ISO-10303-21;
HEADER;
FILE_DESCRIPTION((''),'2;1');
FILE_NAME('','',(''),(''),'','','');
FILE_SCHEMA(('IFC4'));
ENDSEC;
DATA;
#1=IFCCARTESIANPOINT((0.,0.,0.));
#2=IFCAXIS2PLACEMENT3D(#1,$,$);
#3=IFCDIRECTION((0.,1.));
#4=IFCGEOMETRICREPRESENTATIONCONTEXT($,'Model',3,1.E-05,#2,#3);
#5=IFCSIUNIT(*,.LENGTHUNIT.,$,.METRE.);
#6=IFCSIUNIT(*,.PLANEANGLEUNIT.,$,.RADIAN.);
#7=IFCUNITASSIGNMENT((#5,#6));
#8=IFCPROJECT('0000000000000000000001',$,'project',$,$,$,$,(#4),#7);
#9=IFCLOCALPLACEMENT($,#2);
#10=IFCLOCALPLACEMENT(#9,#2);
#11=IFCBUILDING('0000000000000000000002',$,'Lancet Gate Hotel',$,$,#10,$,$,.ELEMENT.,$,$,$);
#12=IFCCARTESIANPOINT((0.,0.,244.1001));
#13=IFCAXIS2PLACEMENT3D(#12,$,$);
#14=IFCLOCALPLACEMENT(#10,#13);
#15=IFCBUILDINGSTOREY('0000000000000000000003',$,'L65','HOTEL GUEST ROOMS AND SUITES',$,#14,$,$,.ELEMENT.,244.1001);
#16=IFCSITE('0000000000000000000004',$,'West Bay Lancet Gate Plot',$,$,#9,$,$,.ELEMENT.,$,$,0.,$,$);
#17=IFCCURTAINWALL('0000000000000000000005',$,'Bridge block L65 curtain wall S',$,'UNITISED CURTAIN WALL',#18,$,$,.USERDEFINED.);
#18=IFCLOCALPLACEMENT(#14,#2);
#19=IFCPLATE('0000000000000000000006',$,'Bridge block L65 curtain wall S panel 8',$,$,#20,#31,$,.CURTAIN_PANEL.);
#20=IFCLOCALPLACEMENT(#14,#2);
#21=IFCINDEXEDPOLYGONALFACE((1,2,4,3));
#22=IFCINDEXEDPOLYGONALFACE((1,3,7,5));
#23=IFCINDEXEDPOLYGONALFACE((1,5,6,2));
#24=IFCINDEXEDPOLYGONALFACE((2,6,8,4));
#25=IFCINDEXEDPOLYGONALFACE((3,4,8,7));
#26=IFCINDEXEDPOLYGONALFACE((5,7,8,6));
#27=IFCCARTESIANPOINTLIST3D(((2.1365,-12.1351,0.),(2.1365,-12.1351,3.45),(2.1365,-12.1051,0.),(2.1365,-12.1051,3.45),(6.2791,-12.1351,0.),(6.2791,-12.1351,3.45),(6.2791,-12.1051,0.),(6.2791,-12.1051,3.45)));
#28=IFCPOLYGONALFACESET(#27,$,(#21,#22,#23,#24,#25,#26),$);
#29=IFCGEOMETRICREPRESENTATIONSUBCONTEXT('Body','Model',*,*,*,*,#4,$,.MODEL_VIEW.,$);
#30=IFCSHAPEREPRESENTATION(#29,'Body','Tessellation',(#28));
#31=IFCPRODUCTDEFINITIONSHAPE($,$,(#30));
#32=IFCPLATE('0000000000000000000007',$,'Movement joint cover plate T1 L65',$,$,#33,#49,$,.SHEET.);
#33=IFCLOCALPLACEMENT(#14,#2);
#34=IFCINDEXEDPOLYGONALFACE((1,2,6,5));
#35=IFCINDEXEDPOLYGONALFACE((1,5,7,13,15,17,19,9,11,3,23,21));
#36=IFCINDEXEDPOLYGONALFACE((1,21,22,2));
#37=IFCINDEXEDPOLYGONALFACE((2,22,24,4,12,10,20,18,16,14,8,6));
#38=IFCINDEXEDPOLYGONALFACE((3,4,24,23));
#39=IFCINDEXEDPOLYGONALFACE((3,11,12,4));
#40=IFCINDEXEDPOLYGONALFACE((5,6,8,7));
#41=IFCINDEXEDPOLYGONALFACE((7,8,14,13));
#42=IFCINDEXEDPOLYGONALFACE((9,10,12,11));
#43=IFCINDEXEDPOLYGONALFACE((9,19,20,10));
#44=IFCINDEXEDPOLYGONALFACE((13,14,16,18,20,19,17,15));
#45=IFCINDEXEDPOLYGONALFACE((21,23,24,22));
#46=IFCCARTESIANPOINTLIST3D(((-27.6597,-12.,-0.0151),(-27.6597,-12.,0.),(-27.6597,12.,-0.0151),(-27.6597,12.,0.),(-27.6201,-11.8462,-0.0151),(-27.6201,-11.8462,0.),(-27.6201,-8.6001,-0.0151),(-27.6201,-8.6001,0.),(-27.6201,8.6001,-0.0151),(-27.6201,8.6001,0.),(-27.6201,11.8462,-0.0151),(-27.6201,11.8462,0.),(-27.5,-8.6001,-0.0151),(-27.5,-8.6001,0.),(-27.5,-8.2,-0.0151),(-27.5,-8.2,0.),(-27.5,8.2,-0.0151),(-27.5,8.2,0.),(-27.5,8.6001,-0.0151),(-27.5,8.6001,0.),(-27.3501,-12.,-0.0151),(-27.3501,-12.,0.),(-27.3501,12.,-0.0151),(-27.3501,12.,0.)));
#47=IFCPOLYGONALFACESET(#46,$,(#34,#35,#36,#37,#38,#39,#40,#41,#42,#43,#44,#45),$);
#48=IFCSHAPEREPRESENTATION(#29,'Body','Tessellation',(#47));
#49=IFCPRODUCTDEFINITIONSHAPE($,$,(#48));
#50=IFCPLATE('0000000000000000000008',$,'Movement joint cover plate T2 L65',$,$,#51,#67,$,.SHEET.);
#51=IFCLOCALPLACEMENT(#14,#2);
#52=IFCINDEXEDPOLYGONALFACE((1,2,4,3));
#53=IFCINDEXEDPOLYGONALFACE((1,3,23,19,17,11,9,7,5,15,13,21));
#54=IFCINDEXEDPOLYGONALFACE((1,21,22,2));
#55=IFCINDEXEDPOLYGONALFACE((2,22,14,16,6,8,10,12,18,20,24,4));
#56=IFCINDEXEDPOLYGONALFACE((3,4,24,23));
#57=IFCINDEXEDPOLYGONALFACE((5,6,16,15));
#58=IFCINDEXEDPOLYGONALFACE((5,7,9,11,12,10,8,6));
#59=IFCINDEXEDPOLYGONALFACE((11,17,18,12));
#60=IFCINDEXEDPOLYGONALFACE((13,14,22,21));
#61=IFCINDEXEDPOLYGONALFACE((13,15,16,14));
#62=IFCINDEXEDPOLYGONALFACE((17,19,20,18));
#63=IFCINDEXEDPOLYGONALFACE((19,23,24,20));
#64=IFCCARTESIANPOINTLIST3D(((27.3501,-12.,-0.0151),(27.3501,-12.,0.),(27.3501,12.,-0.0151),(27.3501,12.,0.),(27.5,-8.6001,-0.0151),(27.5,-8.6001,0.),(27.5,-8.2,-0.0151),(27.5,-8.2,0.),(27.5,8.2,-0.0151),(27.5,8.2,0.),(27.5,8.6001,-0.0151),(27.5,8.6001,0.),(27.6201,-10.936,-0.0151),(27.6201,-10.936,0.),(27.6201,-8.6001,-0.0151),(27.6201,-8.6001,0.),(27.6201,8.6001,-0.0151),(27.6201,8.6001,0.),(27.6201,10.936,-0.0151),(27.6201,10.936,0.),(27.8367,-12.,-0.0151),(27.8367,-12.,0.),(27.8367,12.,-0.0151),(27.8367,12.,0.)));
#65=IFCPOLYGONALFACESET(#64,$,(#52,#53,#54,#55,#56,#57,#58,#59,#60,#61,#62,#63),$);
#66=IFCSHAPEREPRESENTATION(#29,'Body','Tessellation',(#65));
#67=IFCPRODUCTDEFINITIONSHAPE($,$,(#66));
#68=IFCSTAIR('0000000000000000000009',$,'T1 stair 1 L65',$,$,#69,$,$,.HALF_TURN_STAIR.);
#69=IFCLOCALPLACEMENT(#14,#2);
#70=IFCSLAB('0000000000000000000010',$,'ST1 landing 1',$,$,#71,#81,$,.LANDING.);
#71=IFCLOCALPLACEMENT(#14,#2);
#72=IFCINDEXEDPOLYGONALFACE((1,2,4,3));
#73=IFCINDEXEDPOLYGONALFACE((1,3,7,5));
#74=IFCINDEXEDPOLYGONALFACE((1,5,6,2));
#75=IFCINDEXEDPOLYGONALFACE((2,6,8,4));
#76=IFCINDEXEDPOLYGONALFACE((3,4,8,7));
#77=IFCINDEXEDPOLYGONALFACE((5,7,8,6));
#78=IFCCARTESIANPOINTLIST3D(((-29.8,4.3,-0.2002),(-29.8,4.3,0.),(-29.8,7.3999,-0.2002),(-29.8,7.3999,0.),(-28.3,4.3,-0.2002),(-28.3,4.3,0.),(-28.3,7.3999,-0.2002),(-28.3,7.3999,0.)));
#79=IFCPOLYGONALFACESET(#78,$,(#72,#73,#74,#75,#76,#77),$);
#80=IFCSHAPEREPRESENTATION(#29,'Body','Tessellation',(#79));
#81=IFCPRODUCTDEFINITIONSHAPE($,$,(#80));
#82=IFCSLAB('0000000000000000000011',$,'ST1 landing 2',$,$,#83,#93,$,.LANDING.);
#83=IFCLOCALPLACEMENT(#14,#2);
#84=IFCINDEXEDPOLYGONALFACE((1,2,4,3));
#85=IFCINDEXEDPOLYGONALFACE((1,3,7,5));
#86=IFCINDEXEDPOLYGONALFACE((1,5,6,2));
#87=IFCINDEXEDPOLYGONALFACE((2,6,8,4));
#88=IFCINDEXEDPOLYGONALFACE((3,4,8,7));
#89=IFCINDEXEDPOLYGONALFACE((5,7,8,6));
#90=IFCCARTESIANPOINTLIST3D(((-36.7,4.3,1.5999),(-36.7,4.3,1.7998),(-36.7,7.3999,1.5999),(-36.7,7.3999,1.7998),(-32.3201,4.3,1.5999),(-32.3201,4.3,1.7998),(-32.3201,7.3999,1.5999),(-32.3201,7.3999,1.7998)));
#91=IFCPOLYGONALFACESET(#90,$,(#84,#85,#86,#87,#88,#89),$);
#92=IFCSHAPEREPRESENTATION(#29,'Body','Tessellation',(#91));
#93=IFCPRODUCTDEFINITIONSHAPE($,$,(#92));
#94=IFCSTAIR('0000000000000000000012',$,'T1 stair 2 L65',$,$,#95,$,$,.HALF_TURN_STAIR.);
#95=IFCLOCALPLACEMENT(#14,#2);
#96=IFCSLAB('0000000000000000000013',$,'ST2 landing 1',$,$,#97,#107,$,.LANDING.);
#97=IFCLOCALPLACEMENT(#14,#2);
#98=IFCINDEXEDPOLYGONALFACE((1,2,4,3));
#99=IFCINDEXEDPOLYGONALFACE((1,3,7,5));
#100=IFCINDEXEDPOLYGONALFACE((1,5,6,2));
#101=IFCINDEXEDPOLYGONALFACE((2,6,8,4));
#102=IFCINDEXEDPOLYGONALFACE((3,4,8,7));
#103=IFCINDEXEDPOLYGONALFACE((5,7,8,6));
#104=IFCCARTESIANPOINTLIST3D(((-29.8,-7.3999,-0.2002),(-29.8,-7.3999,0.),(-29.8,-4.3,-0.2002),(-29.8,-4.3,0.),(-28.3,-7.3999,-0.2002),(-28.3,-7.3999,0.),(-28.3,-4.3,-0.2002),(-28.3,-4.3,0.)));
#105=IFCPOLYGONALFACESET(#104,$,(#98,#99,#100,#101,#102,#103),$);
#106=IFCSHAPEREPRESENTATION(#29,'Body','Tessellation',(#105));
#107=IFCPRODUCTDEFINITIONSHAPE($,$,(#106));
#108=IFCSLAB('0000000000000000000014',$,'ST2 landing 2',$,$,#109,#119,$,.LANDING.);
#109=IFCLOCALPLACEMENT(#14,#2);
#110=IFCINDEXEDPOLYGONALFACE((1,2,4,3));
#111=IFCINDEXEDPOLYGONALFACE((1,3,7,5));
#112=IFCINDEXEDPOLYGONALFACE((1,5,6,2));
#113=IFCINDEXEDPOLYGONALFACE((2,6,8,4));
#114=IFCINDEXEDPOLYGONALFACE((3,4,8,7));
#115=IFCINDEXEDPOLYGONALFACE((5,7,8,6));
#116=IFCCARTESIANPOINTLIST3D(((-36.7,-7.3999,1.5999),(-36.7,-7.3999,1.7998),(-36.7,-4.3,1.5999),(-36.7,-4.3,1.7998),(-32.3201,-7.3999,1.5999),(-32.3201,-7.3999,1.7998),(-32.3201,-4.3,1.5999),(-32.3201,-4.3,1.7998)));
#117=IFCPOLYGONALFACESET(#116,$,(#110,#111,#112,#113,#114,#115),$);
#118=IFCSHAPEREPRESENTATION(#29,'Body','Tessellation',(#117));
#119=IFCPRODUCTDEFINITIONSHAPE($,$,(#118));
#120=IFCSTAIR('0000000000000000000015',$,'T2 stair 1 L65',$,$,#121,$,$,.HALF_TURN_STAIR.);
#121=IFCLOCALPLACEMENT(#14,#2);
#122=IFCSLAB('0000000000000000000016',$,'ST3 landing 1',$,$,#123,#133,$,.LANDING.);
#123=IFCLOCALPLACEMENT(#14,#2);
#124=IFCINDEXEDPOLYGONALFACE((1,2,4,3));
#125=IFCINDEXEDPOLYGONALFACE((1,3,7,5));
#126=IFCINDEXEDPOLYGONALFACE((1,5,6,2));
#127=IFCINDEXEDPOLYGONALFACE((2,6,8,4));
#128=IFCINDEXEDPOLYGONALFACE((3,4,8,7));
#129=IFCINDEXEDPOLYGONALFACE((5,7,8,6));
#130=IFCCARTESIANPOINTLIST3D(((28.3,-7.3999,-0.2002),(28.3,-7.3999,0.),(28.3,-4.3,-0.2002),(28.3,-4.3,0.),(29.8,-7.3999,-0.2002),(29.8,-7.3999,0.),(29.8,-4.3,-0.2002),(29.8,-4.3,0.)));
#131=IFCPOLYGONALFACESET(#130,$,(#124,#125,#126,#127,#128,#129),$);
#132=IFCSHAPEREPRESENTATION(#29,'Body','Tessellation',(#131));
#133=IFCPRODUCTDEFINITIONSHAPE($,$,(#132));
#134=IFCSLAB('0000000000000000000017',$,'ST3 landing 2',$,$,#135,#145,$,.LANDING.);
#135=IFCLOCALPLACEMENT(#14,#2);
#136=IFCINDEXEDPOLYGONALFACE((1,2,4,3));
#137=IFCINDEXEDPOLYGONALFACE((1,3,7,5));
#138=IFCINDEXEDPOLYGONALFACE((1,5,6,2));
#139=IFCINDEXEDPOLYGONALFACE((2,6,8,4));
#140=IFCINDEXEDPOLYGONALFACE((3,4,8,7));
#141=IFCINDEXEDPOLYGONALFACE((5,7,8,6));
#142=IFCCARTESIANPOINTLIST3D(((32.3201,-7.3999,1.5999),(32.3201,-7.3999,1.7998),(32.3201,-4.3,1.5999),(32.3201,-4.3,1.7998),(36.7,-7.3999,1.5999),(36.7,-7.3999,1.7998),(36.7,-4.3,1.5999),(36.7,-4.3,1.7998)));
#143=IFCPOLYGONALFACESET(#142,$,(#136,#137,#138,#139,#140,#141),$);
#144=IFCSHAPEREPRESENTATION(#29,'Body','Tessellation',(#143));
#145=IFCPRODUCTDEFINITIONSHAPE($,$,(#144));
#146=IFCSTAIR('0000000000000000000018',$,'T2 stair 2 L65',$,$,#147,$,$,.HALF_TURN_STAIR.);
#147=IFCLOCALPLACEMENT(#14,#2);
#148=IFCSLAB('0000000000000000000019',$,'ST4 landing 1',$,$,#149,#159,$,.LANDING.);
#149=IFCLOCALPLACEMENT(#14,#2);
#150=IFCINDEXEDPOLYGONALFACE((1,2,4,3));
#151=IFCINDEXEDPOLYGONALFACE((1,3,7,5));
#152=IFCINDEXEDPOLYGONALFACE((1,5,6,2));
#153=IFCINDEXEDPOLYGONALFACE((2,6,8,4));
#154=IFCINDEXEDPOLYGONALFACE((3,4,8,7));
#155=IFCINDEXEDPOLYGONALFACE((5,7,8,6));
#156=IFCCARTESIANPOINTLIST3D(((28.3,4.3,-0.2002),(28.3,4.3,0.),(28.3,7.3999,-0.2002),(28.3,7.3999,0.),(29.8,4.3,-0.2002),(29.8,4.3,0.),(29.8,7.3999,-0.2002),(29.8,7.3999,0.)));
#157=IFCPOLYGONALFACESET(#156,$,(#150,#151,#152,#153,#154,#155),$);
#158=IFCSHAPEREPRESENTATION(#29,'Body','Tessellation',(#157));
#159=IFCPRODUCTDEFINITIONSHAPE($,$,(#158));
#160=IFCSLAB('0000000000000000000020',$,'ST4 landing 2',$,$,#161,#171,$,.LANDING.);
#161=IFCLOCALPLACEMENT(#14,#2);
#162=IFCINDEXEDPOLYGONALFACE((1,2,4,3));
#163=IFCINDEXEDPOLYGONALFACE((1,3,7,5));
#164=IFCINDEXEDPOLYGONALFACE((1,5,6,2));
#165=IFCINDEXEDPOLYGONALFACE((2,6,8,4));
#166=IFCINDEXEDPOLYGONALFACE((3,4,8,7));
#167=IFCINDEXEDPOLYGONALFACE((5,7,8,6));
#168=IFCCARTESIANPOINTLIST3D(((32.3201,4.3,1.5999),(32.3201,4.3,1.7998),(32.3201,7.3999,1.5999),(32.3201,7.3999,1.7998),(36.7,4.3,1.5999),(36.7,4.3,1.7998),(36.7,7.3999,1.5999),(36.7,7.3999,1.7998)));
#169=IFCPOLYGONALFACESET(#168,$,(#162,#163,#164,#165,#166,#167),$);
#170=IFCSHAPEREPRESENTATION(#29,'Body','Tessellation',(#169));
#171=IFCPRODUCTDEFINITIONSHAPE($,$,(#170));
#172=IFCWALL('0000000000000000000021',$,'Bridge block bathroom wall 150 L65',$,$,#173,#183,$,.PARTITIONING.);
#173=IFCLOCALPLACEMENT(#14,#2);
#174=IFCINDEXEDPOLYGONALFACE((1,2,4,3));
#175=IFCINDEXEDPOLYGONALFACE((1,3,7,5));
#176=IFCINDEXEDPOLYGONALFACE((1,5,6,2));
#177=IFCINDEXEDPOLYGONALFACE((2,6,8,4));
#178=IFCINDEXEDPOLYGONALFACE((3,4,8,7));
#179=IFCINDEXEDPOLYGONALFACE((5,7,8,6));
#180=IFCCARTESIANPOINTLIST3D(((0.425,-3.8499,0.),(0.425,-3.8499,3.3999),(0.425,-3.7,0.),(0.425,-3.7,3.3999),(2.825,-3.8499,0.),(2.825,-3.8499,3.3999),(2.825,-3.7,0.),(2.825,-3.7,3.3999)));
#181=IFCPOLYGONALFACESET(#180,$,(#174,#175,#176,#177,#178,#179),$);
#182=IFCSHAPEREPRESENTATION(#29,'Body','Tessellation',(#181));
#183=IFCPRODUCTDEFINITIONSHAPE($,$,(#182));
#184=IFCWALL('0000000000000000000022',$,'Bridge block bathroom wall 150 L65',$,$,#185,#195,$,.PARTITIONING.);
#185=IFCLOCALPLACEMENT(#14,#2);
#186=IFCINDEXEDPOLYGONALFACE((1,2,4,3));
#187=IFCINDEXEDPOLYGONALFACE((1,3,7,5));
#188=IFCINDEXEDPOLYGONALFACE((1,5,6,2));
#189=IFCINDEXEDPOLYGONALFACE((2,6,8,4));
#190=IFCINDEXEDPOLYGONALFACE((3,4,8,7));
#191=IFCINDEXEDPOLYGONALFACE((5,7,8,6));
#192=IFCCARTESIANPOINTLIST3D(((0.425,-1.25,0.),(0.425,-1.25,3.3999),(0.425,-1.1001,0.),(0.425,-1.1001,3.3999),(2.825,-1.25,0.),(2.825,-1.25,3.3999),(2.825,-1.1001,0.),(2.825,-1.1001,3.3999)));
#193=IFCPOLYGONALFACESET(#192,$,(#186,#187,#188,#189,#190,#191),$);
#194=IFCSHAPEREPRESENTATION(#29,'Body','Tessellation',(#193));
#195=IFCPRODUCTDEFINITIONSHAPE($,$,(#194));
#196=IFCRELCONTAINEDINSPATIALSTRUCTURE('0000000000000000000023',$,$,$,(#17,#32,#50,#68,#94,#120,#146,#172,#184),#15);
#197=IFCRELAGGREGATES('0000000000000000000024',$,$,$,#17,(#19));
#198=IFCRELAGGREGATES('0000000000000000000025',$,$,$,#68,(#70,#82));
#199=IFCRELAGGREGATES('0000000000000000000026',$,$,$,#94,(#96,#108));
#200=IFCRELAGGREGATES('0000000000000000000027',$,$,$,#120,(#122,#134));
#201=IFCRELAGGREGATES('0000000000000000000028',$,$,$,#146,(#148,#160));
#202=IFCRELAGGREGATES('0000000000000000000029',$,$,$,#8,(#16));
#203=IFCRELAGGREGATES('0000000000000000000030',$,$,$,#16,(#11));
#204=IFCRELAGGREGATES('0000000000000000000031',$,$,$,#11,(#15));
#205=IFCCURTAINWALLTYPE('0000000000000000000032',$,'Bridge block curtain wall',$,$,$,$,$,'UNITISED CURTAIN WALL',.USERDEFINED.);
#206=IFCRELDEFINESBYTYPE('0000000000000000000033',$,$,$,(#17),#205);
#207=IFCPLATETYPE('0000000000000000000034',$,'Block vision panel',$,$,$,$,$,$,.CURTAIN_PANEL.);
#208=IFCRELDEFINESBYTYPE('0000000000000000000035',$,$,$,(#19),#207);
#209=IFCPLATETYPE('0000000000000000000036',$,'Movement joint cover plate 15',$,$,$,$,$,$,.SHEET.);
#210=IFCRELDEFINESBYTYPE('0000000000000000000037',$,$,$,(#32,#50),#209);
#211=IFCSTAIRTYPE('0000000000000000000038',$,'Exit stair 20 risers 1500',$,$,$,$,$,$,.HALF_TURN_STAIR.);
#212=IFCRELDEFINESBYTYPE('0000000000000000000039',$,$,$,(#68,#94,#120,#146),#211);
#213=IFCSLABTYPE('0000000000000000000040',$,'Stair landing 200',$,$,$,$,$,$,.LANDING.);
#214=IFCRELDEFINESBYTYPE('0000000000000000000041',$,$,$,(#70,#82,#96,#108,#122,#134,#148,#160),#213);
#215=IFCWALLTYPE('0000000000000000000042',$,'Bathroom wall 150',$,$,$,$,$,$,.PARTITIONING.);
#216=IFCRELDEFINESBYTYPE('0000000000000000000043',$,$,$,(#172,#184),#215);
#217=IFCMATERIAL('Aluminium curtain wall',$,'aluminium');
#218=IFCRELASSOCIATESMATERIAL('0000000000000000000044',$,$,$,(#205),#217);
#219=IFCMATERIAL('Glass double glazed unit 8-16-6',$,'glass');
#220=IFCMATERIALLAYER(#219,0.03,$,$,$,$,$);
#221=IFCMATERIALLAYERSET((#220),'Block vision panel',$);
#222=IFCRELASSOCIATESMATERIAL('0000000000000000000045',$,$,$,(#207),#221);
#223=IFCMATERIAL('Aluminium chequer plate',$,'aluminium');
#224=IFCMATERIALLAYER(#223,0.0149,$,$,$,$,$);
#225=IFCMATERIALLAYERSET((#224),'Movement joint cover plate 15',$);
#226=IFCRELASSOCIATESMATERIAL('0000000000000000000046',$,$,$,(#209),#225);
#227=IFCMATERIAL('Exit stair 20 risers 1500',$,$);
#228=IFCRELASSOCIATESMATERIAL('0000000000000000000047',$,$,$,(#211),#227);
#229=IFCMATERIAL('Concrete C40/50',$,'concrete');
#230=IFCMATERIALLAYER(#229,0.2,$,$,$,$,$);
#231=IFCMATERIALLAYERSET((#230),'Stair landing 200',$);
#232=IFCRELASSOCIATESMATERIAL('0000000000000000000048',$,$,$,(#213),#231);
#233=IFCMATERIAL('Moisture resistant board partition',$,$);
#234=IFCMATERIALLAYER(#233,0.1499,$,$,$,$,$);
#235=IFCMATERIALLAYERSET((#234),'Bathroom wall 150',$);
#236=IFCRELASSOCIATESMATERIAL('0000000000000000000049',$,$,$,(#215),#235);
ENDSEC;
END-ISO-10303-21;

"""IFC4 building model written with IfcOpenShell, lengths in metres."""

from ifc_helpers import new_model, si_unit, direction, frame, frame_2d, origin, origin_2d, place, context, subcontext, project, spatial, polyline, rectangle, outline, extrude, material, layer, layer_set, type_object, element, aggregate, save


model = new_model("IFC4")

# Units and contexts
model_context = context("Model", 3, precision=1e-05, world=origin(), true_north=direction((0.0, 1.0)))
body_context = subcontext(model_context, "Body", "Model", "MODEL_VIEW")
ifc_project = project(units=[si_unit("LENGTHUNIT", "METRE"), si_unit("PLANEANGLEUNIT", "RADIAN")], contexts=[model_context])

# Site, building, storey
site_placement = place(None, origin())
site = spatial("IfcSite", under=ifc_project, at=site_placement, Name="West Bay Lancet Gate Plot", CompositionType="ELEMENT", RefElevation=0.0)
building_placement = place(site_placement, origin())
building = spatial("IfcBuilding", under=site, at=building_placement, Name="Lancet Gate Hotel", CompositionType="ELEMENT")
storey_placement = place(building_placement, frame((0.0, 0.0, 244.1001)))
storey = spatial("IfcBuildingStorey", under=building, at=storey_placement, Name="L65", Description="HOTEL GUEST ROOMS AND SUITES", CompositionType="ELEMENT", Elevation=244.1001)

# Curtain wall
ifc_material_1 = material(Name="Aluminium curtain wall", Category="aluminium")
curtain_wall_type = type_object("IfcCurtainWallType", Name="Bridge block curtain wall", ElementType="UNITISED CURTAIN WALL", PredefinedType="USERDEFINED", material=ifc_material_1)
curtain_wall_placement = place(storey_placement, origin())
curtain_wall = element("IfcCurtainWall", 1, at=curtain_wall_placement, inside=storey, type_object=curtain_wall_type, Name="Bridge block L65 curtain wall S", ObjectType="UNITISED CURTAIN WALL", PredefinedType="USERDEFINED")

# Plate
ifc_material_2 = material(Name="Glass double glazed unit 8-16-6", Category="glass")
ifc_layer_1 = layer(ifc_material_2, 0.03)
ifc_layer_set_1 = layer_set([ifc_layer_1], Name="Block vision panel")
plate_type_1 = type_object("IfcPlateType", Name="Block vision panel", PredefinedType="CURTAIN_PANEL", material=ifc_layer_set_1)
plate_1_placement = place(storey_placement, frame((4.2078, -12.1201, 0.0), z_axis=(0.0, 0.0, 1.0), x_axis=(1.0, 0.0, 0.0)))
plate_1 = element("IfcPlate", 2, at=plate_1_placement, type_object=plate_type_1, Name="Bridge block L65 curtain wall S panel 8", PredefinedType="CURTAIN_PANEL", context=body_context, shape_type="SweptSolid", body=[
    extrude(rectangle(XDim=4.1426, YDim=0.03, at=origin_2d()), origin(), (0.0, 0.0, 1.0), 3.45),
])
aggregate(curtain_wall, [plate_1])

# Plates
ifc_material_3 = material(Name="Aluminium chequer plate", Category="aluminium")
ifc_layer_2 = layer(ifc_material_3, 0.0149)
ifc_layer_set_2 = layer_set([ifc_layer_2], Name="Movement joint cover plate 15")
plate_type_2 = type_object("IfcPlateType", Name="Movement joint cover plate 15", PredefinedType="SHEET", material=ifc_layer_set_2)
plate_2_placement = place(storey_placement, frame((0.0, 0.0, -0.0151)))
element("IfcPlate", 3, at=plate_2_placement, inside=storey, type_object=plate_type_2, Name="Movement joint cover plate T1 L65", PredefinedType="SHEET", context=body_context, shape_type="SweptSolid", body=[
    extrude(outline(polyline([(-27.3501, 12.0), (-27.6597, 12.0), (-27.6201, 11.8462), (-27.6201, 8.6001), (-27.5, 8.6001), (-27.5, 8.2), (-27.5, -8.2), (-27.5, -8.6001), (-27.6201, -8.6001), (-27.6201, -11.8462), (-27.6597, -12.0), (-27.3501, -12.0), (-27.3501, 12.0)])), origin(), (0.0, 0.0, 1.0), 0.0151),
])
plate_3_placement = place(storey_placement, frame((0.0, 0.0, -0.0151)))
element("IfcPlate", 4, at=plate_3_placement, inside=storey, type_object=plate_type_2, Name="Movement joint cover plate T2 L65", PredefinedType="SHEET", context=body_context, shape_type="SweptSolid", body=[
    extrude(outline(polyline([(27.3501, -12.0), (27.8367, -12.0), (27.6201, -10.936), (27.6201, -8.6001), (27.5, -8.6001), (27.5, -8.2), (27.5, 8.2), (27.5, 8.6001), (27.6201, 8.6001), (27.6201, 10.936), (27.8367, 12.0), (27.3501, 12.0), (27.3501, -12.0)])), origin(), (0.0, 0.0, 1.0), 0.0151),
])

# Stairs, slabs
ifc_material_4 = material(Name="Exit stair 20 risers 1500")
stair_type = type_object("IfcStairType", Name="Exit stair 20 risers 1500", PredefinedType="HALF_TURN_STAIR", material=ifc_material_4)
stair_1_placement = place(storey_placement, origin())
stair_1 = element("IfcStair", 5, at=stair_1_placement, inside=storey, type_object=stair_type, Name="T1 stair 1 L65", PredefinedType="HALF_TURN_STAIR")
ifc_material_5 = material(Name="Concrete C40/50", Category="concrete")
ifc_layer_3 = layer(ifc_material_5, 0.2)
ifc_layer_set_3 = layer_set([ifc_layer_3], Name="Stair landing 200")
slab_type = type_object("IfcSlabType", Name="Stair landing 200", PredefinedType="LANDING", material=ifc_layer_set_3)
slab_1_placement = place(storey_placement, frame((0.0, 0.0, -0.2002)))
slab_1 = element("IfcSlab", 6, at=slab_1_placement, type_object=slab_type, Name="ST1 landing 1", PredefinedType="LANDING", context=body_context, shape_type="SweptSolid", body=[
    extrude(outline(polyline([(-28.3, 7.3999), (-29.8, 7.3999), (-29.8, 4.3), (-28.3, 4.3), (-28.3, 7.3999)])), origin(), (0.0, 0.0, 1.0), 0.2002),
])
slab_2_placement = place(storey_placement, frame((0.0, 0.0, 1.5999)))
slab_2 = element("IfcSlab", 7, at=slab_2_placement, type_object=slab_type, Name="ST1 landing 2", PredefinedType="LANDING", context=body_context, shape_type="SweptSolid", body=[
    extrude(outline(polyline([(-32.3201, 7.3999), (-36.7, 7.3999), (-36.7, 4.3), (-32.3201, 4.3), (-32.3201, 7.3999)])), origin(), (0.0, 0.0, 1.0), 0.2),
])
aggregate(stair_1, [slab_1, slab_2])
stair_2_placement = place(storey_placement, origin())
stair_2 = element("IfcStair", 8, at=stair_2_placement, inside=storey, type_object=stair_type, Name="T1 stair 2 L65", PredefinedType="HALF_TURN_STAIR")
slab_3_placement = place(storey_placement, frame((0.0, 0.0, -0.2002)))
slab_3 = element("IfcSlab", 9, at=slab_3_placement, type_object=slab_type, Name="ST2 landing 1", PredefinedType="LANDING", context=body_context, shape_type="SweptSolid", body=[
    extrude(outline(polyline([(-28.3, -4.3), (-29.8, -4.3), (-29.8, -7.3999), (-28.3, -7.3999), (-28.3, -4.3)])), origin(), (0.0, 0.0, 1.0), 0.2002),
])
slab_4_placement = place(storey_placement, frame((0.0, 0.0, 1.5999)))
slab_4 = element("IfcSlab", 10, at=slab_4_placement, type_object=slab_type, Name="ST2 landing 2", PredefinedType="LANDING", context=body_context, shape_type="SweptSolid", body=[
    extrude(outline(polyline([(-32.3201, -4.3), (-36.7, -4.3), (-36.7, -7.3999), (-32.3201, -7.3999), (-32.3201, -4.3)])), origin(), (0.0, 0.0, 1.0), 0.2),
])
aggregate(stair_2, [slab_3, slab_4])
stair_3_placement = place(storey_placement, origin())
stair_3 = element("IfcStair", 11, at=stair_3_placement, inside=storey, type_object=stair_type, Name="T2 stair 1 L65", PredefinedType="HALF_TURN_STAIR")
slab_5_placement = place(storey_placement, frame((0.0, 0.0, -0.2002)))
slab_5 = element("IfcSlab", 12, at=slab_5_placement, type_object=slab_type, Name="ST3 landing 1", PredefinedType="LANDING", context=body_context, shape_type="SweptSolid", body=[
    extrude(outline(polyline([(28.3, -7.3999), (29.8, -7.3999), (29.8, -4.3), (28.3, -4.3), (28.3, -7.3999)])), origin(), (0.0, 0.0, 1.0), 0.2002),
])
slab_6_placement = place(storey_placement, frame((0.0, 0.0, 1.5999)))
slab_6 = element("IfcSlab", 13, at=slab_6_placement, type_object=slab_type, Name="ST3 landing 2", PredefinedType="LANDING", context=body_context, shape_type="SweptSolid", body=[
    extrude(outline(polyline([(32.3201, -7.3999), (36.7, -7.3999), (36.7, -4.3), (32.3201, -4.3), (32.3201, -7.3999)])), origin(), (0.0, 0.0, 1.0), 0.2),
])
aggregate(stair_3, [slab_5, slab_6])
stair_4_placement = place(storey_placement, origin())
stair_4 = element("IfcStair", 14, at=stair_4_placement, inside=storey, type_object=stair_type, Name="T2 stair 2 L65", PredefinedType="HALF_TURN_STAIR")
slab_7_placement = place(storey_placement, frame((0.0, 0.0, -0.2002)))
slab_7 = element("IfcSlab", 15, at=slab_7_placement, type_object=slab_type, Name="ST4 landing 1", PredefinedType="LANDING", context=body_context, shape_type="SweptSolid", body=[
    extrude(outline(polyline([(28.3, 4.3), (29.8, 4.3), (29.8, 7.3999), (28.3, 7.3999), (28.3, 4.3)])), origin(), (0.0, 0.0, 1.0), 0.2002),
])
slab_8_placement = place(storey_placement, frame((0.0, 0.0, 1.5999)))
slab_8 = element("IfcSlab", 16, at=slab_8_placement, type_object=slab_type, Name="ST4 landing 2", PredefinedType="LANDING", context=body_context, shape_type="SweptSolid", body=[
    extrude(outline(polyline([(32.3201, 4.3), (36.7, 4.3), (36.7, 7.3999), (32.3201, 7.3999), (32.3201, 4.3)])), origin(), (0.0, 0.0, 1.0), 0.2),
])
aggregate(stair_4, [slab_7, slab_8])

# Walls
ifc_material_6 = material(Name="Moisture resistant board partition")
ifc_layer_4 = layer(ifc_material_6, 0.1499)
ifc_layer_set_4 = layer_set([ifc_layer_4], Name="Bathroom wall 150")
wall_type_1 = type_object("IfcWallType", Name="Bathroom wall 150", PredefinedType="PARTITIONING", material=ifc_layer_set_4)
for number, where, z_axis, x_axis, name in (
    (17, (0.425, -3.7749, 0.0), (0.0, 0.0, 1.0), (1.0, 0.0, 0.0), "Bridge block bathroom wall 150 L65"),
    (18, (0.425, -1.175, 0.0), (0.0, 0.0, 1.0), (1.0, 0.0, 0.0), "Bridge block bathroom wall 150 L65"),
):
    element("IfcWall", number, at=place(storey_placement, frame(where, z_axis=z_axis, x_axis=x_axis)), inside=storey, type_object=wall_type_1, Name=name, PredefinedType="PARTITIONING", context=body_context, shape_type="SweptSolid", body=[
        extrude(rectangle(XDim=2.3999, YDim=0.1499, at=frame_2d((1.2, 0.0))), origin(), (0.0, 0.0, 1.0), 3.3999),
    ])

save(model, "model.ifc")
